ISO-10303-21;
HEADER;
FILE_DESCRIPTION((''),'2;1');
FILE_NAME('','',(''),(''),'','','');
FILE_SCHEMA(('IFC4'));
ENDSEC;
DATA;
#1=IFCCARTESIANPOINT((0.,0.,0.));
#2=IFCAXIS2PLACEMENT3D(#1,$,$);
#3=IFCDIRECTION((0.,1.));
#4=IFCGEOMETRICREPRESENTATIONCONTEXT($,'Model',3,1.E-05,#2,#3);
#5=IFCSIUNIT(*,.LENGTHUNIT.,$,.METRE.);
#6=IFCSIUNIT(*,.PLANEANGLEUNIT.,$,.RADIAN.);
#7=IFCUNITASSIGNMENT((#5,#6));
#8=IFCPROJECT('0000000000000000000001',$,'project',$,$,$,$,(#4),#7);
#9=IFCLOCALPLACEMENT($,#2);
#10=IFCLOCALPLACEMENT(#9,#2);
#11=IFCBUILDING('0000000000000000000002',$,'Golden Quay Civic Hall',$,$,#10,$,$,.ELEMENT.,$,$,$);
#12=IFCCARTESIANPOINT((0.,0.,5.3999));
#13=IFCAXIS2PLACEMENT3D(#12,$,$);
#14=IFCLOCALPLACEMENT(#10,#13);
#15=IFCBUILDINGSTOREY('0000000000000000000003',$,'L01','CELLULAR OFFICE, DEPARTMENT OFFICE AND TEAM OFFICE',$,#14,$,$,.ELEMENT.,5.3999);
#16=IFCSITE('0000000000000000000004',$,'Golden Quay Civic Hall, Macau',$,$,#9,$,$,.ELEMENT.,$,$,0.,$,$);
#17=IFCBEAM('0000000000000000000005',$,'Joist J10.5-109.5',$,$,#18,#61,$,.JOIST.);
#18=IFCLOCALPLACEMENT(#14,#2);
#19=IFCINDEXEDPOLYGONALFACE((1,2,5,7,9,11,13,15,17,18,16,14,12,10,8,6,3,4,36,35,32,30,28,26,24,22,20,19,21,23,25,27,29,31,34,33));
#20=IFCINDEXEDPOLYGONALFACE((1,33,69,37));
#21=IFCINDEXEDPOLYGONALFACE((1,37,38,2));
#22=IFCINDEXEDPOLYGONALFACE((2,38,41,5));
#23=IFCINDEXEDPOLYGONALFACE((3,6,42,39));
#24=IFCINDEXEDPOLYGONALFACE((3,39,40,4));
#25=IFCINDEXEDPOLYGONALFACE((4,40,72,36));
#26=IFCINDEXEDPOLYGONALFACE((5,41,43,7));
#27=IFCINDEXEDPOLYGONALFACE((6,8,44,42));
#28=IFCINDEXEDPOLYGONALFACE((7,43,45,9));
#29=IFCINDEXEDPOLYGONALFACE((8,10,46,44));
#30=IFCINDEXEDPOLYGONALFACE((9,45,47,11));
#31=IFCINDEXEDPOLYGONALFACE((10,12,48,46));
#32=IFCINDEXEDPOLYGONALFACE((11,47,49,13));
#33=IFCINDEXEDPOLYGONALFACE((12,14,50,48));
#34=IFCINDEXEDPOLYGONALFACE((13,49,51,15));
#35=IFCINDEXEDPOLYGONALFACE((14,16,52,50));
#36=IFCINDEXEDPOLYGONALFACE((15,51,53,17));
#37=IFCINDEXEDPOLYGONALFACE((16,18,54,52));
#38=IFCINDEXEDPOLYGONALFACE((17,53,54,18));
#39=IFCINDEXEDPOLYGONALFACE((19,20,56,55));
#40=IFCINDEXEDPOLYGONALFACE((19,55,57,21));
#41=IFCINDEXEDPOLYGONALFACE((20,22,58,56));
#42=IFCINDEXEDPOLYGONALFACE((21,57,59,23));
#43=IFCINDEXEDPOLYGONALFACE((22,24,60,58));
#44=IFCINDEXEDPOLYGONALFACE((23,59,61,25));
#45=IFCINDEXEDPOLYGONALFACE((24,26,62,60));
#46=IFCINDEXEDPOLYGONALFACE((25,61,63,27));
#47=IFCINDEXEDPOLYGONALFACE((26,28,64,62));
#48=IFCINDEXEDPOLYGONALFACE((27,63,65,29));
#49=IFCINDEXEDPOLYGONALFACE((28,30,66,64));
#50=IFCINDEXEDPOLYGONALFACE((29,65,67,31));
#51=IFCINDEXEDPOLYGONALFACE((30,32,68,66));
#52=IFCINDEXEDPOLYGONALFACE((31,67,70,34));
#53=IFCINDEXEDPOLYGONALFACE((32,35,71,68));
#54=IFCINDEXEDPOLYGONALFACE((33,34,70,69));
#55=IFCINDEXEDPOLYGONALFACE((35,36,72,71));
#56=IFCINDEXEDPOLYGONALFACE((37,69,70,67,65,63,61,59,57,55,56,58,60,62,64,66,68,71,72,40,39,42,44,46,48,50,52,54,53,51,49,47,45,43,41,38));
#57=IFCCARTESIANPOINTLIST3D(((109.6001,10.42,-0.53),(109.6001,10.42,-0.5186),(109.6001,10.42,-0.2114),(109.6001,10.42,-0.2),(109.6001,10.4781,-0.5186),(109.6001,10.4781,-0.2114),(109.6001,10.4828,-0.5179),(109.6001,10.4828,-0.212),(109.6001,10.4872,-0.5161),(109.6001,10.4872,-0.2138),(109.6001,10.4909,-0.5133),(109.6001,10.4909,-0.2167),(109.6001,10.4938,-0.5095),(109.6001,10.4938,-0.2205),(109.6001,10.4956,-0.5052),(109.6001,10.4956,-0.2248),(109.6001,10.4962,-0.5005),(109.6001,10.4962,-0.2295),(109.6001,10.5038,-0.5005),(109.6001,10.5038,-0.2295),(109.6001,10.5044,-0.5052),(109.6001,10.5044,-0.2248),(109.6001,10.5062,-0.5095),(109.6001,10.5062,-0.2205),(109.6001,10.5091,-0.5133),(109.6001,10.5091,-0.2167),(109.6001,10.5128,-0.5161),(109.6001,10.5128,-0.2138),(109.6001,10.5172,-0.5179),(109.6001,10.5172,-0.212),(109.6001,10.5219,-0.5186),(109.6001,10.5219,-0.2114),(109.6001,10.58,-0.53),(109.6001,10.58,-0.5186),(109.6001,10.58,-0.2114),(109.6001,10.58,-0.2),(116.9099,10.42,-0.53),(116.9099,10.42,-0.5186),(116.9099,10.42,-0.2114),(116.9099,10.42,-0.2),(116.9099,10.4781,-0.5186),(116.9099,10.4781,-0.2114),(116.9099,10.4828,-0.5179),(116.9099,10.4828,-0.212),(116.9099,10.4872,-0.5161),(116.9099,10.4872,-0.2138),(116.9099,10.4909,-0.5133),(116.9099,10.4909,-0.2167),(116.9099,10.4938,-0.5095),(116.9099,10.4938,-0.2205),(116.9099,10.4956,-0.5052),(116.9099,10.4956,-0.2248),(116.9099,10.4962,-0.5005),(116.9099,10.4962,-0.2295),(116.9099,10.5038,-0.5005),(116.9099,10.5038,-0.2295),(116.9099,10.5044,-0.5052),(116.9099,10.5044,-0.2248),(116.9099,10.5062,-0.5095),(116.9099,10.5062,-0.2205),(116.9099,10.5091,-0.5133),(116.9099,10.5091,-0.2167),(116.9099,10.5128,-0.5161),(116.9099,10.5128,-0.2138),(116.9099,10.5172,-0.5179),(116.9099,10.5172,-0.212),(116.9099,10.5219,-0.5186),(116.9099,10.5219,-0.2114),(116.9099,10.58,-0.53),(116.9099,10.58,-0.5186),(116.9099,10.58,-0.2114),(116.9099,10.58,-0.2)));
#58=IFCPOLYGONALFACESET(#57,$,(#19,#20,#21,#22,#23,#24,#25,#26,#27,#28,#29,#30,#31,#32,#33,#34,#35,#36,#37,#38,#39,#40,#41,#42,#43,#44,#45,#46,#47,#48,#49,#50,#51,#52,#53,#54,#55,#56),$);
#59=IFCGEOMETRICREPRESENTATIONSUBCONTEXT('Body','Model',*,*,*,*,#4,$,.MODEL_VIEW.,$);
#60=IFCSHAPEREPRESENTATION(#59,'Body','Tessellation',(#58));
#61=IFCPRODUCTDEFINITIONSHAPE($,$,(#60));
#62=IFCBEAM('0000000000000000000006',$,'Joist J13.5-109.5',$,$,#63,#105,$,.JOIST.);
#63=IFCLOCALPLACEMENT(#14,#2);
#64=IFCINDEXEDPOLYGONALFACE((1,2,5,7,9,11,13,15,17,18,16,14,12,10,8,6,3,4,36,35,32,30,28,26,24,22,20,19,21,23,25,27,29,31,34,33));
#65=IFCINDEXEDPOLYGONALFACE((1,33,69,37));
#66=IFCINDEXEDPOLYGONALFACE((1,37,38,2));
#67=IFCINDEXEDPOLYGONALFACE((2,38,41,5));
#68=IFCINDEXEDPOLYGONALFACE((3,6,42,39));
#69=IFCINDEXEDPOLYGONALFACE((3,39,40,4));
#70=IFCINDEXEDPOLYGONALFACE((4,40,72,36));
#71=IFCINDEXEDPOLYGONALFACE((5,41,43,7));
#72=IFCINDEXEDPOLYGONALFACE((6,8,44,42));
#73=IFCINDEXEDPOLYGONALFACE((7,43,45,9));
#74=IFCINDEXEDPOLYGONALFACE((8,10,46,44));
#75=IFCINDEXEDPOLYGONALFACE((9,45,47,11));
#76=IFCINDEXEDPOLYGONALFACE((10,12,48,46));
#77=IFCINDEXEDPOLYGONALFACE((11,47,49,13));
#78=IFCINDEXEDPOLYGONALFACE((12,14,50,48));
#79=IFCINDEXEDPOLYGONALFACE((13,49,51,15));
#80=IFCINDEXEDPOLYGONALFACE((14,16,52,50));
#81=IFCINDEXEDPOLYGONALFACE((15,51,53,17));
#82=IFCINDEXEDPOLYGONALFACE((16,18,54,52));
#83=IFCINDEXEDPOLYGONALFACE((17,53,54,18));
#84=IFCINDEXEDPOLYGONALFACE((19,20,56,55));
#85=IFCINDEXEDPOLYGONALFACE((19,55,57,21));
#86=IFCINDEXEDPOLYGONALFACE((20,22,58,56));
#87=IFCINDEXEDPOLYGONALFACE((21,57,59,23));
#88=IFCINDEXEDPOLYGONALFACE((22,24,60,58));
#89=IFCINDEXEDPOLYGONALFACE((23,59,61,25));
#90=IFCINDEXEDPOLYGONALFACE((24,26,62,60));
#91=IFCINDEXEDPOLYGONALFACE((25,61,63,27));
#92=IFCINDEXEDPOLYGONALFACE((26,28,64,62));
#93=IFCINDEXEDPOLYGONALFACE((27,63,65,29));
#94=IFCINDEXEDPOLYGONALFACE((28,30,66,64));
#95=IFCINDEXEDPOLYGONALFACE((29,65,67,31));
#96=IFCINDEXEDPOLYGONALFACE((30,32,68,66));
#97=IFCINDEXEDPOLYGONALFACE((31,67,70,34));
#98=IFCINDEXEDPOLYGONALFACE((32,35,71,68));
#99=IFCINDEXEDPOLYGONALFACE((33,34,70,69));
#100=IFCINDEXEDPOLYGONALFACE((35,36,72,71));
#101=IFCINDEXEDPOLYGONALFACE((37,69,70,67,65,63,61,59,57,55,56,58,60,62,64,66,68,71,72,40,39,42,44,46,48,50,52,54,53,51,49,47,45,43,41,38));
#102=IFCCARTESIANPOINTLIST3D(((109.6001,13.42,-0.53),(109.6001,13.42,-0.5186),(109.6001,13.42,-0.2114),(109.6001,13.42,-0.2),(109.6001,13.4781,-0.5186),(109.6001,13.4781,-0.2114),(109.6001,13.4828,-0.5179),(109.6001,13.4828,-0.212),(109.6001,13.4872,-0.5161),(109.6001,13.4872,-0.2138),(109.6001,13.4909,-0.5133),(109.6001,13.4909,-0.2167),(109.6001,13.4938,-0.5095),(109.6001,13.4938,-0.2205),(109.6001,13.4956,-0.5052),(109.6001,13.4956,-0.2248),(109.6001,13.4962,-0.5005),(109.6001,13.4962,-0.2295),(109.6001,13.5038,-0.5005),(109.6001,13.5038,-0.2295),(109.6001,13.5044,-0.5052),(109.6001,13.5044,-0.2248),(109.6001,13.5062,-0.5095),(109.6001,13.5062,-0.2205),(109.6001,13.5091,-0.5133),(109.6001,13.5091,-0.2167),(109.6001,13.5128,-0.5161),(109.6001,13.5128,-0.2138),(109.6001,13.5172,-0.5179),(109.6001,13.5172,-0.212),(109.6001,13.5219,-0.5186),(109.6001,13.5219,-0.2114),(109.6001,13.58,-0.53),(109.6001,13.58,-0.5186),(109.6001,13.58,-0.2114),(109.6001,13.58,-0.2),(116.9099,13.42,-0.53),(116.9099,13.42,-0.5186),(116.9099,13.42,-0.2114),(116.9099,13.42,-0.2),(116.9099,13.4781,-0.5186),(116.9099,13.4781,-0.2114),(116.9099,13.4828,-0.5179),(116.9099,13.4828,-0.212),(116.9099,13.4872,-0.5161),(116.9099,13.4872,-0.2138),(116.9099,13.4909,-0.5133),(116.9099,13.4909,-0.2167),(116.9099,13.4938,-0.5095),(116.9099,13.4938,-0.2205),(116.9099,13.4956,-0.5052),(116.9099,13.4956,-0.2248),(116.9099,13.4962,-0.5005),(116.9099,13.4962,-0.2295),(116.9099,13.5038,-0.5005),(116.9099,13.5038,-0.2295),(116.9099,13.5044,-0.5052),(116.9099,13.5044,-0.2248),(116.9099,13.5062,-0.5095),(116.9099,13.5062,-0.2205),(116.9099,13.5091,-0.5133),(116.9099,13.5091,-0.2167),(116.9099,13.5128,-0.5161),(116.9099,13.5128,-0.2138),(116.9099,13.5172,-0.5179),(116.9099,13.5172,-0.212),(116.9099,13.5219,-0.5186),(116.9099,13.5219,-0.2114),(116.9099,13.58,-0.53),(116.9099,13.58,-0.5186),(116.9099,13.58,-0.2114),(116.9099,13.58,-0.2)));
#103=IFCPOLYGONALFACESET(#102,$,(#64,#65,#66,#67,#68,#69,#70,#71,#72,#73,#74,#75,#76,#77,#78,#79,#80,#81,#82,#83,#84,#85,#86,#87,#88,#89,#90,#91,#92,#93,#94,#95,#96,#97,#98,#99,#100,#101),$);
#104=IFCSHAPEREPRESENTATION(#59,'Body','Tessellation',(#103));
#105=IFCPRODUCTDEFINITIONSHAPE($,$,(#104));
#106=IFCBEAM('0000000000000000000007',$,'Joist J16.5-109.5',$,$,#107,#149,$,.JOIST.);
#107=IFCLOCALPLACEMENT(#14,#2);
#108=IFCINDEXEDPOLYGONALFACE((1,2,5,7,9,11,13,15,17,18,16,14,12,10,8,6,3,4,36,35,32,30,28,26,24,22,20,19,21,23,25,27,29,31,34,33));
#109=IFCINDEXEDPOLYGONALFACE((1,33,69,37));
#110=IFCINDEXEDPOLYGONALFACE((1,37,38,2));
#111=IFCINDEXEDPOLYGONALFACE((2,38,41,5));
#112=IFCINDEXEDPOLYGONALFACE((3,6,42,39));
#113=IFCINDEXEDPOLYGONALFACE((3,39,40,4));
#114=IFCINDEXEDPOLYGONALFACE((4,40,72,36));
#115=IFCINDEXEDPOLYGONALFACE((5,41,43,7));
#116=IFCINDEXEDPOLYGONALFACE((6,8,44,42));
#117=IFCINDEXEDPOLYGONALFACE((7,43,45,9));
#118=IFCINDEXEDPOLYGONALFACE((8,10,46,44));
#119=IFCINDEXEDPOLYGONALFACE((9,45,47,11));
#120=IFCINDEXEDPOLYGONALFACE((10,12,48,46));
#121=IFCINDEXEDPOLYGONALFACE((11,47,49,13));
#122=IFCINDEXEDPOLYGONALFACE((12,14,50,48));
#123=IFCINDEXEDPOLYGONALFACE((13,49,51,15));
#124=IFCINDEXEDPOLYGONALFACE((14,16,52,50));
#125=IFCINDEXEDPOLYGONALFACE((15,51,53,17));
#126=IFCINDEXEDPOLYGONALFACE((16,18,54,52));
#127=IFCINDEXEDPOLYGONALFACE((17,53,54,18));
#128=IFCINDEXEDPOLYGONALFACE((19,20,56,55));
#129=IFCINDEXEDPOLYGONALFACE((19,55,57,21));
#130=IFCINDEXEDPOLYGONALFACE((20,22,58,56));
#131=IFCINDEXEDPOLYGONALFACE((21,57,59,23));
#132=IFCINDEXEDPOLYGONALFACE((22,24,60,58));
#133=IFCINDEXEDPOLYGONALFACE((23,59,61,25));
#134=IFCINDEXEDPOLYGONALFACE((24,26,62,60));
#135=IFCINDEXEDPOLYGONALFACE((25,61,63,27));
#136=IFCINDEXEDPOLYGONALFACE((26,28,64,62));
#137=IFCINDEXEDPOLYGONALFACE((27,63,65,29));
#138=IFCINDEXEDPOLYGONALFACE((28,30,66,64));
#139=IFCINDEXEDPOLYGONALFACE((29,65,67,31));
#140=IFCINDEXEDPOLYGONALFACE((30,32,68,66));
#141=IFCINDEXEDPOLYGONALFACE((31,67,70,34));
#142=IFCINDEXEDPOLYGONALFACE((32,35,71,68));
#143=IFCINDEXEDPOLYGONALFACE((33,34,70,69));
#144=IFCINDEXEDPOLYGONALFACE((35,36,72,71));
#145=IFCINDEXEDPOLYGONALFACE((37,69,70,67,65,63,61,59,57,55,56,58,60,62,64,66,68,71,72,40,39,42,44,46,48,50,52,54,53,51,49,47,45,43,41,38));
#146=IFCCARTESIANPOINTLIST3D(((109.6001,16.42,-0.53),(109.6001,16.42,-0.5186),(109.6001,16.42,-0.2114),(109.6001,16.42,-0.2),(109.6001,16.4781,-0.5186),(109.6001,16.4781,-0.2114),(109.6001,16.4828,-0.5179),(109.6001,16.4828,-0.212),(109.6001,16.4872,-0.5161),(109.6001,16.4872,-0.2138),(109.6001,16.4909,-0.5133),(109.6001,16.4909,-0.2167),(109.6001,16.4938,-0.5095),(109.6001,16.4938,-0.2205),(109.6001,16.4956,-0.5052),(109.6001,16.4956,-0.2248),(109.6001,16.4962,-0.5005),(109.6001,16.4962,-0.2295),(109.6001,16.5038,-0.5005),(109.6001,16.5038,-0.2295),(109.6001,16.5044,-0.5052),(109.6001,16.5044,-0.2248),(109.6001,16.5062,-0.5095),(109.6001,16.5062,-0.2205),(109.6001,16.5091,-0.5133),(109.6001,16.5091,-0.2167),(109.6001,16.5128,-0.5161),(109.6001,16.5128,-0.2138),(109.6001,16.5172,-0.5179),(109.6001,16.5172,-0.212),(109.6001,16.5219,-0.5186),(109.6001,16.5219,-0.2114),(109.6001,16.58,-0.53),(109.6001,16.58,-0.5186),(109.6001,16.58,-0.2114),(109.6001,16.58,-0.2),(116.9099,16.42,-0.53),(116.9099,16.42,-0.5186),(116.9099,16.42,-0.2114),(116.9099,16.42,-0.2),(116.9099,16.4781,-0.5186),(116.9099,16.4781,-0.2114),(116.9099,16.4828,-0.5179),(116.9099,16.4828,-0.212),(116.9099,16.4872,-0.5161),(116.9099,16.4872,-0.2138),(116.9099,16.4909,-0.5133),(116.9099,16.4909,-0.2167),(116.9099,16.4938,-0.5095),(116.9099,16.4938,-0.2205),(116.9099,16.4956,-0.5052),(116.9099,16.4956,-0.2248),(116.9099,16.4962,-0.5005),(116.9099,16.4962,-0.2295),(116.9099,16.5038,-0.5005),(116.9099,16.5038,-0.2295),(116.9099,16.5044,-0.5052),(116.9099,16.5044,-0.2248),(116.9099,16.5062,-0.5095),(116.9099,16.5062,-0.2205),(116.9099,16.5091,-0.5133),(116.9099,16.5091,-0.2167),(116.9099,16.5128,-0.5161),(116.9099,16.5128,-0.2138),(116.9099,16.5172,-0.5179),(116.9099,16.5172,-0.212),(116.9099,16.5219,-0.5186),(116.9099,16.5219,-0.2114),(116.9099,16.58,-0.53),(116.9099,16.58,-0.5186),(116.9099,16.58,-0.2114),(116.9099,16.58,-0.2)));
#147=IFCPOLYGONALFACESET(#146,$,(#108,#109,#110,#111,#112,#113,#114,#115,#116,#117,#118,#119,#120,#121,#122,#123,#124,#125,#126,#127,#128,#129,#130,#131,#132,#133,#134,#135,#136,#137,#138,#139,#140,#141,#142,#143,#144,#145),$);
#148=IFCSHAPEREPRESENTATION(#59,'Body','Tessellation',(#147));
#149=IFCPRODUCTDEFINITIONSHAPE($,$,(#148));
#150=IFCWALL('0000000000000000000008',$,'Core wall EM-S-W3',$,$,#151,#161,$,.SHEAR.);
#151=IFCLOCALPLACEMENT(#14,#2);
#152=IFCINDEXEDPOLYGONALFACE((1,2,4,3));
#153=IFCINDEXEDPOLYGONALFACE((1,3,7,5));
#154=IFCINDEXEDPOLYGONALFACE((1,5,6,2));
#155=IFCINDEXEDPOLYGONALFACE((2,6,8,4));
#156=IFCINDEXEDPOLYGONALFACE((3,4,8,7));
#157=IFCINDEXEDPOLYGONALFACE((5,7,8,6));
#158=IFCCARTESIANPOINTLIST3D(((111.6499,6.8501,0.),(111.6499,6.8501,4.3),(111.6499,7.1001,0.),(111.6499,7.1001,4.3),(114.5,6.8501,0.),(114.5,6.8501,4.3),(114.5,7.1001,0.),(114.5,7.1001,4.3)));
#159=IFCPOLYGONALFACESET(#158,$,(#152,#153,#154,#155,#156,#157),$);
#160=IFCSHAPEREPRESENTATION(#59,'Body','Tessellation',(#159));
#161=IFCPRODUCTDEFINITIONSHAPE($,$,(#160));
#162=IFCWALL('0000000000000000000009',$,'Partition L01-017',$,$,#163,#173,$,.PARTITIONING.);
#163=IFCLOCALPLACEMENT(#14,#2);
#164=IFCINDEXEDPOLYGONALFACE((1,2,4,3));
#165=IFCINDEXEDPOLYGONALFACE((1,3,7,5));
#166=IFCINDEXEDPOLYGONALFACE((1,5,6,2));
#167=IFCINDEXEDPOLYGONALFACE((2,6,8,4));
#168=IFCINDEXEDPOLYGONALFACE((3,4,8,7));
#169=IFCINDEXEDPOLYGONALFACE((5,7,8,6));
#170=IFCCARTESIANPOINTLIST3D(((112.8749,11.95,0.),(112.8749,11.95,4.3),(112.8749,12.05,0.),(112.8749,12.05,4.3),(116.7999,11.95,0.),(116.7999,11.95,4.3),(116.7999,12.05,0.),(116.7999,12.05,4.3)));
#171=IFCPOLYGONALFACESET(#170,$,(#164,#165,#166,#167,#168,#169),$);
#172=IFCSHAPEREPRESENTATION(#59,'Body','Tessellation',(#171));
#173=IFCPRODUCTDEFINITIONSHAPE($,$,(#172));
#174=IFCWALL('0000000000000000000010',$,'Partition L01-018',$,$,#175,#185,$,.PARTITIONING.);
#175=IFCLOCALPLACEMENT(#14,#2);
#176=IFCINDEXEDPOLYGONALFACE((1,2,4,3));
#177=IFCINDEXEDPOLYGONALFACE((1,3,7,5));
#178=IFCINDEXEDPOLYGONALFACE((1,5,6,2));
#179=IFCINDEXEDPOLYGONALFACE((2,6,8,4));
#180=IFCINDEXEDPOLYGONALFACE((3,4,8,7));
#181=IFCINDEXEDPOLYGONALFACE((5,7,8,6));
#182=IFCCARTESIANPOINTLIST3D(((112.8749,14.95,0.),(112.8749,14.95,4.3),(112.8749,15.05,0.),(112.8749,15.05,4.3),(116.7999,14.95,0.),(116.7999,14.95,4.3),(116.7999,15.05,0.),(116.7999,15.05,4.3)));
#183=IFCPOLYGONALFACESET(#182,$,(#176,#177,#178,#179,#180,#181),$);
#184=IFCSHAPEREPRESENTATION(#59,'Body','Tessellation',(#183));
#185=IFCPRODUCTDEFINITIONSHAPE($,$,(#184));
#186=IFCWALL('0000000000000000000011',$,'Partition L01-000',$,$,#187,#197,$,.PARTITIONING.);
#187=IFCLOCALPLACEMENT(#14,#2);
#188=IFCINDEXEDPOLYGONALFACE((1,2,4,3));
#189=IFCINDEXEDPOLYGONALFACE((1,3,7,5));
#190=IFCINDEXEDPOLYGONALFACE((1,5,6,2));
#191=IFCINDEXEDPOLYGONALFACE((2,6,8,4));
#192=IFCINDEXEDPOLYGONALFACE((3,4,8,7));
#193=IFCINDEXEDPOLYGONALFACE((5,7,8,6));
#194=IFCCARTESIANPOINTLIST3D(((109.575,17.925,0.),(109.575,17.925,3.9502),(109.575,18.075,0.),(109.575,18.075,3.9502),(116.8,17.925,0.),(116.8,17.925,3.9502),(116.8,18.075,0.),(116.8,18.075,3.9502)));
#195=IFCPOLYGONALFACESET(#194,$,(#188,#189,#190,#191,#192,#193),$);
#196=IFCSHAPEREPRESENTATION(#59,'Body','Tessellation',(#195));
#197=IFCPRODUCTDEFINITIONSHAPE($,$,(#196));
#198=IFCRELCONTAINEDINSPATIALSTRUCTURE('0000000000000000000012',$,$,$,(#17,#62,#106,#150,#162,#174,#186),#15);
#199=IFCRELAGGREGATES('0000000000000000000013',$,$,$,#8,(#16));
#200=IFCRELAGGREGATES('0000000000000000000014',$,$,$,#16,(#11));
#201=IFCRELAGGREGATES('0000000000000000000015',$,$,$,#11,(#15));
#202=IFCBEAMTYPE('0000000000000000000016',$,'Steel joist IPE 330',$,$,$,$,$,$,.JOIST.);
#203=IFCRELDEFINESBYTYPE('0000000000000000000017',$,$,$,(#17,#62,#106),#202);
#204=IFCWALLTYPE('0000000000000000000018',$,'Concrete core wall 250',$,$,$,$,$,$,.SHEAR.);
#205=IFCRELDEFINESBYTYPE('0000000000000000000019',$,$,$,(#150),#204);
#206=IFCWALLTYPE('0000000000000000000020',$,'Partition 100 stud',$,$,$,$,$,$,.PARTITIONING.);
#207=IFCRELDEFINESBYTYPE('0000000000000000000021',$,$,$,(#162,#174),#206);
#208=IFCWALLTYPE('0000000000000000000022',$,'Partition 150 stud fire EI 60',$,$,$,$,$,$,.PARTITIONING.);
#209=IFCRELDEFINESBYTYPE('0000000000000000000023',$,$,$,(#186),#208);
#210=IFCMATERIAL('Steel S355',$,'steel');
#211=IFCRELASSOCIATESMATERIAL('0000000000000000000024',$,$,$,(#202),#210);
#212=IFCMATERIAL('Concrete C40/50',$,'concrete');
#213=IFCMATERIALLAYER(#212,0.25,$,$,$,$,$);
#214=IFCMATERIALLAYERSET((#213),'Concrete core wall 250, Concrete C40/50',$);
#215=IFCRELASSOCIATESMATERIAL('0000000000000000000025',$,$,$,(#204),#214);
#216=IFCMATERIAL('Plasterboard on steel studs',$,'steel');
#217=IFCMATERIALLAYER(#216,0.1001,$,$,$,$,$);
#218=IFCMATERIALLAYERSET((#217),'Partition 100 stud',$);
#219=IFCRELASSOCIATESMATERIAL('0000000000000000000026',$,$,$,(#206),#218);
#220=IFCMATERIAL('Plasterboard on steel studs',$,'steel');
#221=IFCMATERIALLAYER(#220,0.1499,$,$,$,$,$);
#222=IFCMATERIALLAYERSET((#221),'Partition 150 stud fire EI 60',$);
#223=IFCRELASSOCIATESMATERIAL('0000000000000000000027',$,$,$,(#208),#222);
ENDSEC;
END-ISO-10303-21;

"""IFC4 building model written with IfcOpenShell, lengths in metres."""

from ifc_helpers import new_model, si_unit, direction, frame, frame_2d, origin, origin_2d, place, context, subcontext, project, spatial, rectangle, i_section, extrude, material, layer, layer_set, material_profile, profile_set, type_object, element, save


model = new_model("IFC4")

# Units and contexts
model_context = context("Model", 3, precision=1e-05, world=origin(), true_north=direction((0.0, 1.0)))
body_context = subcontext(model_context, "Body", "Model", "MODEL_VIEW")
ifc_project = project(units=[si_unit("LENGTHUNIT", "METRE"), si_unit("PLANEANGLEUNIT", "RADIAN")], contexts=[model_context])

# Site, building, storey
site_placement = place(None, origin())
site = spatial("IfcSite", under=ifc_project, at=site_placement, Name="Golden Quay Civic Hall, Macau", CompositionType="ELEMENT", RefElevation=0.0)
building_placement = place(site_placement, origin())
building = spatial("IfcBuilding", under=site, at=building_placement, Name="Golden Quay Civic Hall", CompositionType="ELEMENT")
storey_placement = place(building_placement, frame((0.0, 0.0, 5.3999)))
storey = spatial("IfcBuildingStorey", under=building, at=storey_placement, Name="L01", Description="CELLULAR OFFICE, DEPARTMENT OFFICE AND TEAM OFFICE", CompositionType="ELEMENT", Elevation=5.3999)

# Beams
ifc_material_1 = material(Name="Steel S355", Category="steel")
ifc_material_profile_1 = material_profile(ifc_material_1, i_section(OverallWidth=0.1599, OverallDepth=0.3301, WebThickness=0.0076, FlangeThickness=0.0115, FilletRadius=0.0181, at=origin_2d()), Name="IPE 330")
ifc_profile_set_1 = profile_set([ifc_material_profile_1], Name="Steel S355")
beam_type_1 = type_object("IfcBeamType", Name="Steel joist IPE 330", PredefinedType="JOIST", material=ifc_profile_set_1)
for number, where, z_axis, x_axis, name in (
    (1, (109.6001, 10.5, -0.365), (1.0, 0.0, 0.0), (0.0, 1.0, 0.0), "Joist J10.5-109.5"),
    (2, (109.6001, 13.5, -0.365), (1.0, 0.0, 0.0), (0.0, 1.0, 0.0), "Joist J13.5-109.5"),
    (3, (109.6001, 16.5, -0.365), (1.0, 0.0, 0.0), (0.0, 1.0, 0.0), "Joist J16.5-109.5"),
):
    element("IfcBeam", number, at=place(storey_placement, frame(where, z_axis=z_axis, x_axis=x_axis)), inside=storey, type_object=beam_type_1, Name=name, PredefinedType="JOIST", context=body_context, shape_type="SweptSolid", body=[
        extrude(i_section(OverallWidth=0.1599, OverallDepth=0.3301, WebThickness=0.0076, FlangeThickness=0.0115, FilletRadius=0.0181, at=origin_2d()), origin(), (0.0, 0.0, 1.0), 7.3098),
    ])

# Walls
ifc_material_2 = material(Name="Concrete C40/50", Category="concrete")
ifc_layer_1 = layer(ifc_material_2, 0.25)
ifc_layer_set_1 = layer_set([ifc_layer_1], Name="Concrete core wall 250, Concrete C40/50")
wall_type_1 = type_object("IfcWallType", Name="Concrete core wall 250", PredefinedType="SHEAR", material=ifc_layer_set_1)
wall_1_placement = place(storey_placement, frame((111.6499, 6.9751, 0.0), z_axis=(0.0, 0.0, 1.0), x_axis=(1.0, 0.0, 0.0)))
element("IfcWall", 4, at=wall_1_placement, inside=storey, type_object=wall_type_1, Name="Core wall EM-S-W3", PredefinedType="SHEAR", context=body_context, shape_type="SweptSolid", body=[
    extrude(rectangle(XDim=2.8501, YDim=0.25, at=frame_2d((1.425, 0.0))), origin(), (0.0, 0.0, 1.0), 4.3),
])
ifc_material_3 = material(Name="Plasterboard on steel studs", Category="steel")
ifc_layer_2 = layer(ifc_material_3, 0.1001)
ifc_layer_set_2 = layer_set([ifc_layer_2], Name="Partition 100 stud")
wall_type_2 = type_object("IfcWallType", Name="Partition 100 stud", PredefinedType="PARTITIONING", material=ifc_layer_set_2)
for number, where, z_axis, x_axis, name in (
    (5, (112.875, 12.0, 0.0), (0.0, 0.0, 1.0), (1.0, 0.0, 0.0), "Partition L01-017"),
    (6, (112.875, 15.0, 0.0), (0.0, 0.0, 1.0), (1.0, 0.0, 0.0), "Partition L01-018"),
):
    element("IfcWall", number, at=place(storey_placement, frame(where, z_axis=z_axis, x_axis=x_axis)), inside=storey, type_object=wall_type_2, Name=name, PredefinedType="PARTITIONING", context=body_context, shape_type="SweptSolid", body=[
        extrude(rectangle(XDim=3.925, YDim=0.1001, at=frame_2d((1.9624, 0.0))), origin(), (0.0, 0.0, 1.0), 4.3),
    ])
ifc_material_4 = material(Name="Plasterboard on steel studs", Category="steel")
ifc_layer_3 = layer(ifc_material_4, 0.1499)
ifc_layer_set_3 = layer_set([ifc_layer_3], Name="Partition 150 stud fire EI 60")
wall_type_3 = type_object("IfcWallType", Name="Partition 150 stud fire EI 60", PredefinedType="PARTITIONING", material=ifc_layer_set_3)
for number, where, z_axis, x_axis, name in (
    (7, (109.575, 18.0, 0.0), (0.0, 0.0, 1.0), (1.0, 0.0, 0.0), "Partition L01-000"),
):
    element("IfcWall", number, at=place(storey_placement, frame(where, z_axis=z_axis, x_axis=x_axis)), inside=storey, type_object=wall_type_3, Name=name, PredefinedType="PARTITIONING", context=body_context, shape_type="SweptSolid", body=[
        extrude(rectangle(XDim=7.2251, YDim=0.1499, at=frame_2d((3.6125, 0.0))), origin(), (0.0, 0.0, 1.0), 3.9502),
    ])

save(model, "model.ifc")
